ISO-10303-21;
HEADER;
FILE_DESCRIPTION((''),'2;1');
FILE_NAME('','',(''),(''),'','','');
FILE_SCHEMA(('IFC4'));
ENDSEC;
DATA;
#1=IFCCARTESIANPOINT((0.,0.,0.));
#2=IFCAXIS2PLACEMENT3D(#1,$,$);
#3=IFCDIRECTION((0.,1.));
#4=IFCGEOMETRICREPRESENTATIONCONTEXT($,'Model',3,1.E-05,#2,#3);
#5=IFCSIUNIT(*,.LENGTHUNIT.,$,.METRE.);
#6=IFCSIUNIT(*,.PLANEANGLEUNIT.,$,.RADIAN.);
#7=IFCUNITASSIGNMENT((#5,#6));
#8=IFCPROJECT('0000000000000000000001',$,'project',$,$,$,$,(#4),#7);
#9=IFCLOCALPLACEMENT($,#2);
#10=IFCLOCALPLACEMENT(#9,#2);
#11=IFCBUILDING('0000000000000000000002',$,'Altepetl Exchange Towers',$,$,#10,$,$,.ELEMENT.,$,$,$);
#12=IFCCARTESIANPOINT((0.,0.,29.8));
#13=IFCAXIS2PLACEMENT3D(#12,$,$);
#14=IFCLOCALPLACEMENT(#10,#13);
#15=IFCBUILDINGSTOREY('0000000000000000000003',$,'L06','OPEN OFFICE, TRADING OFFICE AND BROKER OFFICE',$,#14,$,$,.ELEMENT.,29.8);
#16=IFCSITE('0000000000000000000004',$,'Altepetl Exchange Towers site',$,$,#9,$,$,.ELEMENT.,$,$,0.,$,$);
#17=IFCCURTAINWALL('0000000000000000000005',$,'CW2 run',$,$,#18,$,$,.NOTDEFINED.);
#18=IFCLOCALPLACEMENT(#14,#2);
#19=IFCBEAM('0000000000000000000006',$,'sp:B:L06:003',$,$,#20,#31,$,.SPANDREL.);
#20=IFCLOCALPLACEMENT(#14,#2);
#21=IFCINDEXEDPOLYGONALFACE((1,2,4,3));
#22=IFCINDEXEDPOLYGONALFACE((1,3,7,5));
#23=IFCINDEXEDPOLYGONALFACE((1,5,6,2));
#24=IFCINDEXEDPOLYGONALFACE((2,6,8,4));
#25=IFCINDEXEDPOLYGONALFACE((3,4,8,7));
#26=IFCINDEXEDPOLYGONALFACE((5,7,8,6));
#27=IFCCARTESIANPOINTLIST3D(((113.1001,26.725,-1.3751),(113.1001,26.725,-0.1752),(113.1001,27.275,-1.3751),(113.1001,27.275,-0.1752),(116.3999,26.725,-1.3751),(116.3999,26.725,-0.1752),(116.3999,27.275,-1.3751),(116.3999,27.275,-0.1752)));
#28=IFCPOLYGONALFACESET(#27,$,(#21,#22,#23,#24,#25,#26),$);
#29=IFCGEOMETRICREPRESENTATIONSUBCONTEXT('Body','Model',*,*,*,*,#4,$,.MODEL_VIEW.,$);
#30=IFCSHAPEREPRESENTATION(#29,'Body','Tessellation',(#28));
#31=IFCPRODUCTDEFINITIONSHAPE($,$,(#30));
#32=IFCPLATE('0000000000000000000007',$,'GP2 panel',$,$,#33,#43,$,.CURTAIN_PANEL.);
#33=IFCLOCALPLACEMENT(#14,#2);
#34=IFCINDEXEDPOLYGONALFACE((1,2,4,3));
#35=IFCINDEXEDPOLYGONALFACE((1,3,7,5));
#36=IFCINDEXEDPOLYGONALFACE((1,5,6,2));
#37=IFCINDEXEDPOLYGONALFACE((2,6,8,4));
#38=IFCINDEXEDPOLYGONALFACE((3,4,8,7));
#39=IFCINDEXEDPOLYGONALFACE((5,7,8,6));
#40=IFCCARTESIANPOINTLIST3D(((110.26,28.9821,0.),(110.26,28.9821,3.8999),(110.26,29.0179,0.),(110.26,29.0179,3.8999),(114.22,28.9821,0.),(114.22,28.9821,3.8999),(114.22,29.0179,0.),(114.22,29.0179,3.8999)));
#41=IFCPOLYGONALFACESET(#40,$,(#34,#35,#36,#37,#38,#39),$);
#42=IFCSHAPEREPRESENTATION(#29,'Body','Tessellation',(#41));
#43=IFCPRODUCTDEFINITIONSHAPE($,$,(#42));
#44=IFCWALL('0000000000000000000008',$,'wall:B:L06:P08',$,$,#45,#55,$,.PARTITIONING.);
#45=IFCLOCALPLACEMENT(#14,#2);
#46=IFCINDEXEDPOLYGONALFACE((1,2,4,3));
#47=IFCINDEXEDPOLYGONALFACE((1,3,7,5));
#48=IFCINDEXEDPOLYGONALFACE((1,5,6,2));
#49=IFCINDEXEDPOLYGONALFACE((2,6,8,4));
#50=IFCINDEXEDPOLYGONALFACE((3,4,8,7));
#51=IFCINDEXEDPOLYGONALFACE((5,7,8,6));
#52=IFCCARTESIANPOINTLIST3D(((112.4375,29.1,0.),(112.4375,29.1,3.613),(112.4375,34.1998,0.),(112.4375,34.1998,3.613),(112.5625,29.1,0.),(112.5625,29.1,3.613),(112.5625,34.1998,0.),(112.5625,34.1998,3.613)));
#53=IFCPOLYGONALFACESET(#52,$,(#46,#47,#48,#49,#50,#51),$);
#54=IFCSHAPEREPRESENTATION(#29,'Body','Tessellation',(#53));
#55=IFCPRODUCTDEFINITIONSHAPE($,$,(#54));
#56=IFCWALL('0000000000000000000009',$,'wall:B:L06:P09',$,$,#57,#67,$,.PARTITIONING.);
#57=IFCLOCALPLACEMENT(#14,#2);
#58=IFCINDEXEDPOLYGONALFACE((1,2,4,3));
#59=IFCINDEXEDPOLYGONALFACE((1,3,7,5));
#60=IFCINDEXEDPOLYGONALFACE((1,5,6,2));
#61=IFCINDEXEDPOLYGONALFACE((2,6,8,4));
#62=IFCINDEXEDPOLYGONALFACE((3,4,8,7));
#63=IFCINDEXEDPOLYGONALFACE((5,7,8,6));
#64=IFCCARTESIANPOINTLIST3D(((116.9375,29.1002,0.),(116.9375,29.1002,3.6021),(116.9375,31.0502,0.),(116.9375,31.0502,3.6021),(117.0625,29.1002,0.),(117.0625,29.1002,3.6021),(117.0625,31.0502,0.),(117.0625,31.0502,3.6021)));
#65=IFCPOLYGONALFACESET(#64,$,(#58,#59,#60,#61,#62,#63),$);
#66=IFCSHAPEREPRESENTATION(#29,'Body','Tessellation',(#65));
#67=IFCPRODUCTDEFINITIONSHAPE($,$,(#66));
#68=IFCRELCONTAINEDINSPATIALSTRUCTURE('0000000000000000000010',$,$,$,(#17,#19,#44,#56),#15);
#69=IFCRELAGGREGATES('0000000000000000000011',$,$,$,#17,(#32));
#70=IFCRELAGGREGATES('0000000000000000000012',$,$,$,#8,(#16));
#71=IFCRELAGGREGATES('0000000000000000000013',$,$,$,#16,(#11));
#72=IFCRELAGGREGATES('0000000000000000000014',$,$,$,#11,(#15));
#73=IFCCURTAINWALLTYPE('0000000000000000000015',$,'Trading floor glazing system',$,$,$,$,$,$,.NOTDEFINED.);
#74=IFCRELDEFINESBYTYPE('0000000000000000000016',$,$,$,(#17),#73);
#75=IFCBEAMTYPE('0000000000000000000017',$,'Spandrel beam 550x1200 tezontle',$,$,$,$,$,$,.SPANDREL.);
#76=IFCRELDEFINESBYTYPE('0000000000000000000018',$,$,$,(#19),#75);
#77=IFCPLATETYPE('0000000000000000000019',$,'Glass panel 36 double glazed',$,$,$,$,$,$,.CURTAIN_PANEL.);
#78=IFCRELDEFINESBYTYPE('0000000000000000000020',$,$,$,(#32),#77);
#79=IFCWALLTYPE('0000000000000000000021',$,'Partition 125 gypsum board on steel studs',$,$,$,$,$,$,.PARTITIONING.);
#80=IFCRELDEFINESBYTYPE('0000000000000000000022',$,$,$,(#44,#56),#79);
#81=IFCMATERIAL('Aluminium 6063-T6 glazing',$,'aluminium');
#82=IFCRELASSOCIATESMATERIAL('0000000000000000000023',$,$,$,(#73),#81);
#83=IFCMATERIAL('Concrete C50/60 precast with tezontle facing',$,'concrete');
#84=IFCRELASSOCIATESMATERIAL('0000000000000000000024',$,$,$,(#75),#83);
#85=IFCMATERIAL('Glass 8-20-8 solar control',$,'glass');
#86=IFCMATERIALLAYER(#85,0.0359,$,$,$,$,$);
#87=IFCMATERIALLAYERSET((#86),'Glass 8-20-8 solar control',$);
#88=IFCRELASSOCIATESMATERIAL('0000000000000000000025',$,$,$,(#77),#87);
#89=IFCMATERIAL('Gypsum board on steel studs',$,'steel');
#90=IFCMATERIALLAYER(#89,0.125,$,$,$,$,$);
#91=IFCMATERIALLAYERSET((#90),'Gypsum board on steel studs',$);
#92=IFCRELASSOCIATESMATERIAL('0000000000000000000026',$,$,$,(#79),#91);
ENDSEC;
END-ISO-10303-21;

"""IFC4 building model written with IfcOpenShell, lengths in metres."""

from ifc_helpers import new_model, si_unit, direction, frame, frame_2d, origin, origin_2d, place, context, subcontext, project, spatial, rectangle, extrude, material, layer, layer_set, material_profile, profile_set, type_object, element, aggregate, save


model = new_model("IFC4")

# Units and contexts
model_context = context("Model", 3, precision=1e-05, world=origin(), true_north=direction((0.0, 1.0)))
body_context = subcontext(model_context, "Body", "Model", "MODEL_VIEW")
ifc_project = project(units=[si_unit("LENGTHUNIT", "METRE"), si_unit("PLANEANGLEUNIT", "RADIAN")], contexts=[model_context])

# Site, building, storey
site_placement = place(None, origin())
site = spatial("IfcSite", under=ifc_project, at=site_placement, Name="Altepetl Exchange Towers site", CompositionType="ELEMENT", RefElevation=0.0)
building_placement = place(site_placement, origin())
building = spatial("IfcBuilding", under=site, at=building_placement, Name="Altepetl Exchange Towers", CompositionType="ELEMENT")
storey_placement = place(building_placement, frame((0.0, 0.0, 29.8)))
storey = spatial("IfcBuildingStorey", under=building, at=storey_placement, Name="L06", Description="OPEN OFFICE, TRADING OFFICE AND BROKER OFFICE", CompositionType="ELEMENT", Elevation=29.8)

# Shared definitions
ifc_material_1 = material(Name="Aluminium 6063-T6 glazing", Category="aluminium")
curtain_wall_type = type_object("IfcCurtainWallType", Name="Trading floor glazing system", PredefinedType="NOTDEFINED", material=ifc_material_1)

# Curtain wall
curtain_wall_1_placement = place(storey_placement, origin())
curtain_wall_1 = element("IfcCurtainWall", 1, at=curtain_wall_1_placement, inside=storey, type_object=curtain_wall_type, Name="CW2 run", PredefinedType="NOTDEFINED")

# Beam
ifc_material_2 = material(Name="Concrete C50/60 precast with tezontle facing", Category="concrete")
ifc_material_profile_1 = material_profile(ifc_material_2, rectangle(XDim=0.55, YDim=1.2, at=origin_2d()), Name="550 x 1200")
ifc_profile_set_1 = profile_set([ifc_material_profile_1], Name="Concrete C50/60 precast with tezontle facing")
beam_type_1 = type_object("IfcBeamType", Name="Spandrel beam 550x1200 tezontle", PredefinedType="SPANDREL", material=ifc_profile_set_1)
for number, where, z_axis, x_axis, name in (
    (2, (113.1001, 27.0, -0.7751), (1.0, 0.0, 0.0), (0.0, 1.0, 0.0), "sp:B:L06:003"),
):
    element("IfcBeam", number, at=place(storey_placement, frame(where, z_axis=z_axis, x_axis=x_axis)), inside=storey, type_object=beam_type_1, Name=name, PredefinedType="SPANDREL", context=body_context, shape_type="SweptSolid", body=[
        extrude(rectangle(XDim=0.55, YDim=1.2, at=origin_2d()), origin(), (0.0, 0.0, 1.0), 3.2998),
    ])

# Plate
ifc_material_3 = material(Name="Glass 8-20-8 solar control", Category="glass")
ifc_layer_1 = layer(ifc_material_3, 0.0359)
ifc_layer_set_1 = layer_set([ifc_layer_1], Name="Glass 8-20-8 solar control")
plate_type = type_object("IfcPlateType", Name="Glass panel 36 double glazed", PredefinedType="CURTAIN_PANEL", material=ifc_layer_set_1)
plate_placement = place(storey_placement, frame((112.24, 29.0, 0.0)))
plate = element("IfcPlate", 3, at=plate_placement, type_object=plate_type, Name="GP2 panel", PredefinedType="CURTAIN_PANEL", context=body_context, shape_type="SweptSolid", body=[
    extrude(rectangle(XDim=3.96, YDim=0.0359, at=origin_2d()), origin(), (0.0, 0.0, 1.0), 3.8999),
])
aggregate(curtain_wall_1, [plate])

# Walls
ifc_material_4 = material(Name="Gypsum board on steel studs", Category="steel")
ifc_layer_2 = layer(ifc_material_4, 0.125)
ifc_layer_set_2 = layer_set([ifc_layer_2], Name="Gypsum board on steel studs")
wall_type_1 = type_object("IfcWallType", Name="Partition 125 gypsum board on steel studs", PredefinedType="PARTITIONING", material=ifc_layer_set_2)
wall_1_placement = place(storey_placement, frame((112.5, 29.1001, 0.0), z_axis=(0.0, 0.0, 1.0), x_axis=(0.0, 1.0, 0.0)))
element("IfcWall", 4, at=wall_1_placement, inside=storey, type_object=wall_type_1, Name="wall:B:L06:P08", PredefinedType="PARTITIONING", context=body_context, shape_type="SweptSolid", body=[
    extrude(rectangle(XDim=5.0999, YDim=0.125, at=frame_2d((2.5498, 0.0))), origin(), (0.0, 0.0, 1.0), 3.613),
])
wall_2_placement = place(storey_placement, frame((117.0, 29.1001, 0.0), z_axis=(0.0, 0.0, 1.0), x_axis=(0.0, 1.0, 0.0)))
element("IfcWall", 5, at=wall_2_placement, inside=storey, type_object=wall_type_1, Name="wall:B:L06:P09", PredefinedType="PARTITIONING", context=body_context, shape_type="SweptSolid", body=[
    extrude(rectangle(XDim=1.95, YDim=0.125, at=frame_2d((0.9751, 0.0))), origin(), (0.0, 0.0, 1.0), 3.6021),
])

save(model, "model.ifc")
